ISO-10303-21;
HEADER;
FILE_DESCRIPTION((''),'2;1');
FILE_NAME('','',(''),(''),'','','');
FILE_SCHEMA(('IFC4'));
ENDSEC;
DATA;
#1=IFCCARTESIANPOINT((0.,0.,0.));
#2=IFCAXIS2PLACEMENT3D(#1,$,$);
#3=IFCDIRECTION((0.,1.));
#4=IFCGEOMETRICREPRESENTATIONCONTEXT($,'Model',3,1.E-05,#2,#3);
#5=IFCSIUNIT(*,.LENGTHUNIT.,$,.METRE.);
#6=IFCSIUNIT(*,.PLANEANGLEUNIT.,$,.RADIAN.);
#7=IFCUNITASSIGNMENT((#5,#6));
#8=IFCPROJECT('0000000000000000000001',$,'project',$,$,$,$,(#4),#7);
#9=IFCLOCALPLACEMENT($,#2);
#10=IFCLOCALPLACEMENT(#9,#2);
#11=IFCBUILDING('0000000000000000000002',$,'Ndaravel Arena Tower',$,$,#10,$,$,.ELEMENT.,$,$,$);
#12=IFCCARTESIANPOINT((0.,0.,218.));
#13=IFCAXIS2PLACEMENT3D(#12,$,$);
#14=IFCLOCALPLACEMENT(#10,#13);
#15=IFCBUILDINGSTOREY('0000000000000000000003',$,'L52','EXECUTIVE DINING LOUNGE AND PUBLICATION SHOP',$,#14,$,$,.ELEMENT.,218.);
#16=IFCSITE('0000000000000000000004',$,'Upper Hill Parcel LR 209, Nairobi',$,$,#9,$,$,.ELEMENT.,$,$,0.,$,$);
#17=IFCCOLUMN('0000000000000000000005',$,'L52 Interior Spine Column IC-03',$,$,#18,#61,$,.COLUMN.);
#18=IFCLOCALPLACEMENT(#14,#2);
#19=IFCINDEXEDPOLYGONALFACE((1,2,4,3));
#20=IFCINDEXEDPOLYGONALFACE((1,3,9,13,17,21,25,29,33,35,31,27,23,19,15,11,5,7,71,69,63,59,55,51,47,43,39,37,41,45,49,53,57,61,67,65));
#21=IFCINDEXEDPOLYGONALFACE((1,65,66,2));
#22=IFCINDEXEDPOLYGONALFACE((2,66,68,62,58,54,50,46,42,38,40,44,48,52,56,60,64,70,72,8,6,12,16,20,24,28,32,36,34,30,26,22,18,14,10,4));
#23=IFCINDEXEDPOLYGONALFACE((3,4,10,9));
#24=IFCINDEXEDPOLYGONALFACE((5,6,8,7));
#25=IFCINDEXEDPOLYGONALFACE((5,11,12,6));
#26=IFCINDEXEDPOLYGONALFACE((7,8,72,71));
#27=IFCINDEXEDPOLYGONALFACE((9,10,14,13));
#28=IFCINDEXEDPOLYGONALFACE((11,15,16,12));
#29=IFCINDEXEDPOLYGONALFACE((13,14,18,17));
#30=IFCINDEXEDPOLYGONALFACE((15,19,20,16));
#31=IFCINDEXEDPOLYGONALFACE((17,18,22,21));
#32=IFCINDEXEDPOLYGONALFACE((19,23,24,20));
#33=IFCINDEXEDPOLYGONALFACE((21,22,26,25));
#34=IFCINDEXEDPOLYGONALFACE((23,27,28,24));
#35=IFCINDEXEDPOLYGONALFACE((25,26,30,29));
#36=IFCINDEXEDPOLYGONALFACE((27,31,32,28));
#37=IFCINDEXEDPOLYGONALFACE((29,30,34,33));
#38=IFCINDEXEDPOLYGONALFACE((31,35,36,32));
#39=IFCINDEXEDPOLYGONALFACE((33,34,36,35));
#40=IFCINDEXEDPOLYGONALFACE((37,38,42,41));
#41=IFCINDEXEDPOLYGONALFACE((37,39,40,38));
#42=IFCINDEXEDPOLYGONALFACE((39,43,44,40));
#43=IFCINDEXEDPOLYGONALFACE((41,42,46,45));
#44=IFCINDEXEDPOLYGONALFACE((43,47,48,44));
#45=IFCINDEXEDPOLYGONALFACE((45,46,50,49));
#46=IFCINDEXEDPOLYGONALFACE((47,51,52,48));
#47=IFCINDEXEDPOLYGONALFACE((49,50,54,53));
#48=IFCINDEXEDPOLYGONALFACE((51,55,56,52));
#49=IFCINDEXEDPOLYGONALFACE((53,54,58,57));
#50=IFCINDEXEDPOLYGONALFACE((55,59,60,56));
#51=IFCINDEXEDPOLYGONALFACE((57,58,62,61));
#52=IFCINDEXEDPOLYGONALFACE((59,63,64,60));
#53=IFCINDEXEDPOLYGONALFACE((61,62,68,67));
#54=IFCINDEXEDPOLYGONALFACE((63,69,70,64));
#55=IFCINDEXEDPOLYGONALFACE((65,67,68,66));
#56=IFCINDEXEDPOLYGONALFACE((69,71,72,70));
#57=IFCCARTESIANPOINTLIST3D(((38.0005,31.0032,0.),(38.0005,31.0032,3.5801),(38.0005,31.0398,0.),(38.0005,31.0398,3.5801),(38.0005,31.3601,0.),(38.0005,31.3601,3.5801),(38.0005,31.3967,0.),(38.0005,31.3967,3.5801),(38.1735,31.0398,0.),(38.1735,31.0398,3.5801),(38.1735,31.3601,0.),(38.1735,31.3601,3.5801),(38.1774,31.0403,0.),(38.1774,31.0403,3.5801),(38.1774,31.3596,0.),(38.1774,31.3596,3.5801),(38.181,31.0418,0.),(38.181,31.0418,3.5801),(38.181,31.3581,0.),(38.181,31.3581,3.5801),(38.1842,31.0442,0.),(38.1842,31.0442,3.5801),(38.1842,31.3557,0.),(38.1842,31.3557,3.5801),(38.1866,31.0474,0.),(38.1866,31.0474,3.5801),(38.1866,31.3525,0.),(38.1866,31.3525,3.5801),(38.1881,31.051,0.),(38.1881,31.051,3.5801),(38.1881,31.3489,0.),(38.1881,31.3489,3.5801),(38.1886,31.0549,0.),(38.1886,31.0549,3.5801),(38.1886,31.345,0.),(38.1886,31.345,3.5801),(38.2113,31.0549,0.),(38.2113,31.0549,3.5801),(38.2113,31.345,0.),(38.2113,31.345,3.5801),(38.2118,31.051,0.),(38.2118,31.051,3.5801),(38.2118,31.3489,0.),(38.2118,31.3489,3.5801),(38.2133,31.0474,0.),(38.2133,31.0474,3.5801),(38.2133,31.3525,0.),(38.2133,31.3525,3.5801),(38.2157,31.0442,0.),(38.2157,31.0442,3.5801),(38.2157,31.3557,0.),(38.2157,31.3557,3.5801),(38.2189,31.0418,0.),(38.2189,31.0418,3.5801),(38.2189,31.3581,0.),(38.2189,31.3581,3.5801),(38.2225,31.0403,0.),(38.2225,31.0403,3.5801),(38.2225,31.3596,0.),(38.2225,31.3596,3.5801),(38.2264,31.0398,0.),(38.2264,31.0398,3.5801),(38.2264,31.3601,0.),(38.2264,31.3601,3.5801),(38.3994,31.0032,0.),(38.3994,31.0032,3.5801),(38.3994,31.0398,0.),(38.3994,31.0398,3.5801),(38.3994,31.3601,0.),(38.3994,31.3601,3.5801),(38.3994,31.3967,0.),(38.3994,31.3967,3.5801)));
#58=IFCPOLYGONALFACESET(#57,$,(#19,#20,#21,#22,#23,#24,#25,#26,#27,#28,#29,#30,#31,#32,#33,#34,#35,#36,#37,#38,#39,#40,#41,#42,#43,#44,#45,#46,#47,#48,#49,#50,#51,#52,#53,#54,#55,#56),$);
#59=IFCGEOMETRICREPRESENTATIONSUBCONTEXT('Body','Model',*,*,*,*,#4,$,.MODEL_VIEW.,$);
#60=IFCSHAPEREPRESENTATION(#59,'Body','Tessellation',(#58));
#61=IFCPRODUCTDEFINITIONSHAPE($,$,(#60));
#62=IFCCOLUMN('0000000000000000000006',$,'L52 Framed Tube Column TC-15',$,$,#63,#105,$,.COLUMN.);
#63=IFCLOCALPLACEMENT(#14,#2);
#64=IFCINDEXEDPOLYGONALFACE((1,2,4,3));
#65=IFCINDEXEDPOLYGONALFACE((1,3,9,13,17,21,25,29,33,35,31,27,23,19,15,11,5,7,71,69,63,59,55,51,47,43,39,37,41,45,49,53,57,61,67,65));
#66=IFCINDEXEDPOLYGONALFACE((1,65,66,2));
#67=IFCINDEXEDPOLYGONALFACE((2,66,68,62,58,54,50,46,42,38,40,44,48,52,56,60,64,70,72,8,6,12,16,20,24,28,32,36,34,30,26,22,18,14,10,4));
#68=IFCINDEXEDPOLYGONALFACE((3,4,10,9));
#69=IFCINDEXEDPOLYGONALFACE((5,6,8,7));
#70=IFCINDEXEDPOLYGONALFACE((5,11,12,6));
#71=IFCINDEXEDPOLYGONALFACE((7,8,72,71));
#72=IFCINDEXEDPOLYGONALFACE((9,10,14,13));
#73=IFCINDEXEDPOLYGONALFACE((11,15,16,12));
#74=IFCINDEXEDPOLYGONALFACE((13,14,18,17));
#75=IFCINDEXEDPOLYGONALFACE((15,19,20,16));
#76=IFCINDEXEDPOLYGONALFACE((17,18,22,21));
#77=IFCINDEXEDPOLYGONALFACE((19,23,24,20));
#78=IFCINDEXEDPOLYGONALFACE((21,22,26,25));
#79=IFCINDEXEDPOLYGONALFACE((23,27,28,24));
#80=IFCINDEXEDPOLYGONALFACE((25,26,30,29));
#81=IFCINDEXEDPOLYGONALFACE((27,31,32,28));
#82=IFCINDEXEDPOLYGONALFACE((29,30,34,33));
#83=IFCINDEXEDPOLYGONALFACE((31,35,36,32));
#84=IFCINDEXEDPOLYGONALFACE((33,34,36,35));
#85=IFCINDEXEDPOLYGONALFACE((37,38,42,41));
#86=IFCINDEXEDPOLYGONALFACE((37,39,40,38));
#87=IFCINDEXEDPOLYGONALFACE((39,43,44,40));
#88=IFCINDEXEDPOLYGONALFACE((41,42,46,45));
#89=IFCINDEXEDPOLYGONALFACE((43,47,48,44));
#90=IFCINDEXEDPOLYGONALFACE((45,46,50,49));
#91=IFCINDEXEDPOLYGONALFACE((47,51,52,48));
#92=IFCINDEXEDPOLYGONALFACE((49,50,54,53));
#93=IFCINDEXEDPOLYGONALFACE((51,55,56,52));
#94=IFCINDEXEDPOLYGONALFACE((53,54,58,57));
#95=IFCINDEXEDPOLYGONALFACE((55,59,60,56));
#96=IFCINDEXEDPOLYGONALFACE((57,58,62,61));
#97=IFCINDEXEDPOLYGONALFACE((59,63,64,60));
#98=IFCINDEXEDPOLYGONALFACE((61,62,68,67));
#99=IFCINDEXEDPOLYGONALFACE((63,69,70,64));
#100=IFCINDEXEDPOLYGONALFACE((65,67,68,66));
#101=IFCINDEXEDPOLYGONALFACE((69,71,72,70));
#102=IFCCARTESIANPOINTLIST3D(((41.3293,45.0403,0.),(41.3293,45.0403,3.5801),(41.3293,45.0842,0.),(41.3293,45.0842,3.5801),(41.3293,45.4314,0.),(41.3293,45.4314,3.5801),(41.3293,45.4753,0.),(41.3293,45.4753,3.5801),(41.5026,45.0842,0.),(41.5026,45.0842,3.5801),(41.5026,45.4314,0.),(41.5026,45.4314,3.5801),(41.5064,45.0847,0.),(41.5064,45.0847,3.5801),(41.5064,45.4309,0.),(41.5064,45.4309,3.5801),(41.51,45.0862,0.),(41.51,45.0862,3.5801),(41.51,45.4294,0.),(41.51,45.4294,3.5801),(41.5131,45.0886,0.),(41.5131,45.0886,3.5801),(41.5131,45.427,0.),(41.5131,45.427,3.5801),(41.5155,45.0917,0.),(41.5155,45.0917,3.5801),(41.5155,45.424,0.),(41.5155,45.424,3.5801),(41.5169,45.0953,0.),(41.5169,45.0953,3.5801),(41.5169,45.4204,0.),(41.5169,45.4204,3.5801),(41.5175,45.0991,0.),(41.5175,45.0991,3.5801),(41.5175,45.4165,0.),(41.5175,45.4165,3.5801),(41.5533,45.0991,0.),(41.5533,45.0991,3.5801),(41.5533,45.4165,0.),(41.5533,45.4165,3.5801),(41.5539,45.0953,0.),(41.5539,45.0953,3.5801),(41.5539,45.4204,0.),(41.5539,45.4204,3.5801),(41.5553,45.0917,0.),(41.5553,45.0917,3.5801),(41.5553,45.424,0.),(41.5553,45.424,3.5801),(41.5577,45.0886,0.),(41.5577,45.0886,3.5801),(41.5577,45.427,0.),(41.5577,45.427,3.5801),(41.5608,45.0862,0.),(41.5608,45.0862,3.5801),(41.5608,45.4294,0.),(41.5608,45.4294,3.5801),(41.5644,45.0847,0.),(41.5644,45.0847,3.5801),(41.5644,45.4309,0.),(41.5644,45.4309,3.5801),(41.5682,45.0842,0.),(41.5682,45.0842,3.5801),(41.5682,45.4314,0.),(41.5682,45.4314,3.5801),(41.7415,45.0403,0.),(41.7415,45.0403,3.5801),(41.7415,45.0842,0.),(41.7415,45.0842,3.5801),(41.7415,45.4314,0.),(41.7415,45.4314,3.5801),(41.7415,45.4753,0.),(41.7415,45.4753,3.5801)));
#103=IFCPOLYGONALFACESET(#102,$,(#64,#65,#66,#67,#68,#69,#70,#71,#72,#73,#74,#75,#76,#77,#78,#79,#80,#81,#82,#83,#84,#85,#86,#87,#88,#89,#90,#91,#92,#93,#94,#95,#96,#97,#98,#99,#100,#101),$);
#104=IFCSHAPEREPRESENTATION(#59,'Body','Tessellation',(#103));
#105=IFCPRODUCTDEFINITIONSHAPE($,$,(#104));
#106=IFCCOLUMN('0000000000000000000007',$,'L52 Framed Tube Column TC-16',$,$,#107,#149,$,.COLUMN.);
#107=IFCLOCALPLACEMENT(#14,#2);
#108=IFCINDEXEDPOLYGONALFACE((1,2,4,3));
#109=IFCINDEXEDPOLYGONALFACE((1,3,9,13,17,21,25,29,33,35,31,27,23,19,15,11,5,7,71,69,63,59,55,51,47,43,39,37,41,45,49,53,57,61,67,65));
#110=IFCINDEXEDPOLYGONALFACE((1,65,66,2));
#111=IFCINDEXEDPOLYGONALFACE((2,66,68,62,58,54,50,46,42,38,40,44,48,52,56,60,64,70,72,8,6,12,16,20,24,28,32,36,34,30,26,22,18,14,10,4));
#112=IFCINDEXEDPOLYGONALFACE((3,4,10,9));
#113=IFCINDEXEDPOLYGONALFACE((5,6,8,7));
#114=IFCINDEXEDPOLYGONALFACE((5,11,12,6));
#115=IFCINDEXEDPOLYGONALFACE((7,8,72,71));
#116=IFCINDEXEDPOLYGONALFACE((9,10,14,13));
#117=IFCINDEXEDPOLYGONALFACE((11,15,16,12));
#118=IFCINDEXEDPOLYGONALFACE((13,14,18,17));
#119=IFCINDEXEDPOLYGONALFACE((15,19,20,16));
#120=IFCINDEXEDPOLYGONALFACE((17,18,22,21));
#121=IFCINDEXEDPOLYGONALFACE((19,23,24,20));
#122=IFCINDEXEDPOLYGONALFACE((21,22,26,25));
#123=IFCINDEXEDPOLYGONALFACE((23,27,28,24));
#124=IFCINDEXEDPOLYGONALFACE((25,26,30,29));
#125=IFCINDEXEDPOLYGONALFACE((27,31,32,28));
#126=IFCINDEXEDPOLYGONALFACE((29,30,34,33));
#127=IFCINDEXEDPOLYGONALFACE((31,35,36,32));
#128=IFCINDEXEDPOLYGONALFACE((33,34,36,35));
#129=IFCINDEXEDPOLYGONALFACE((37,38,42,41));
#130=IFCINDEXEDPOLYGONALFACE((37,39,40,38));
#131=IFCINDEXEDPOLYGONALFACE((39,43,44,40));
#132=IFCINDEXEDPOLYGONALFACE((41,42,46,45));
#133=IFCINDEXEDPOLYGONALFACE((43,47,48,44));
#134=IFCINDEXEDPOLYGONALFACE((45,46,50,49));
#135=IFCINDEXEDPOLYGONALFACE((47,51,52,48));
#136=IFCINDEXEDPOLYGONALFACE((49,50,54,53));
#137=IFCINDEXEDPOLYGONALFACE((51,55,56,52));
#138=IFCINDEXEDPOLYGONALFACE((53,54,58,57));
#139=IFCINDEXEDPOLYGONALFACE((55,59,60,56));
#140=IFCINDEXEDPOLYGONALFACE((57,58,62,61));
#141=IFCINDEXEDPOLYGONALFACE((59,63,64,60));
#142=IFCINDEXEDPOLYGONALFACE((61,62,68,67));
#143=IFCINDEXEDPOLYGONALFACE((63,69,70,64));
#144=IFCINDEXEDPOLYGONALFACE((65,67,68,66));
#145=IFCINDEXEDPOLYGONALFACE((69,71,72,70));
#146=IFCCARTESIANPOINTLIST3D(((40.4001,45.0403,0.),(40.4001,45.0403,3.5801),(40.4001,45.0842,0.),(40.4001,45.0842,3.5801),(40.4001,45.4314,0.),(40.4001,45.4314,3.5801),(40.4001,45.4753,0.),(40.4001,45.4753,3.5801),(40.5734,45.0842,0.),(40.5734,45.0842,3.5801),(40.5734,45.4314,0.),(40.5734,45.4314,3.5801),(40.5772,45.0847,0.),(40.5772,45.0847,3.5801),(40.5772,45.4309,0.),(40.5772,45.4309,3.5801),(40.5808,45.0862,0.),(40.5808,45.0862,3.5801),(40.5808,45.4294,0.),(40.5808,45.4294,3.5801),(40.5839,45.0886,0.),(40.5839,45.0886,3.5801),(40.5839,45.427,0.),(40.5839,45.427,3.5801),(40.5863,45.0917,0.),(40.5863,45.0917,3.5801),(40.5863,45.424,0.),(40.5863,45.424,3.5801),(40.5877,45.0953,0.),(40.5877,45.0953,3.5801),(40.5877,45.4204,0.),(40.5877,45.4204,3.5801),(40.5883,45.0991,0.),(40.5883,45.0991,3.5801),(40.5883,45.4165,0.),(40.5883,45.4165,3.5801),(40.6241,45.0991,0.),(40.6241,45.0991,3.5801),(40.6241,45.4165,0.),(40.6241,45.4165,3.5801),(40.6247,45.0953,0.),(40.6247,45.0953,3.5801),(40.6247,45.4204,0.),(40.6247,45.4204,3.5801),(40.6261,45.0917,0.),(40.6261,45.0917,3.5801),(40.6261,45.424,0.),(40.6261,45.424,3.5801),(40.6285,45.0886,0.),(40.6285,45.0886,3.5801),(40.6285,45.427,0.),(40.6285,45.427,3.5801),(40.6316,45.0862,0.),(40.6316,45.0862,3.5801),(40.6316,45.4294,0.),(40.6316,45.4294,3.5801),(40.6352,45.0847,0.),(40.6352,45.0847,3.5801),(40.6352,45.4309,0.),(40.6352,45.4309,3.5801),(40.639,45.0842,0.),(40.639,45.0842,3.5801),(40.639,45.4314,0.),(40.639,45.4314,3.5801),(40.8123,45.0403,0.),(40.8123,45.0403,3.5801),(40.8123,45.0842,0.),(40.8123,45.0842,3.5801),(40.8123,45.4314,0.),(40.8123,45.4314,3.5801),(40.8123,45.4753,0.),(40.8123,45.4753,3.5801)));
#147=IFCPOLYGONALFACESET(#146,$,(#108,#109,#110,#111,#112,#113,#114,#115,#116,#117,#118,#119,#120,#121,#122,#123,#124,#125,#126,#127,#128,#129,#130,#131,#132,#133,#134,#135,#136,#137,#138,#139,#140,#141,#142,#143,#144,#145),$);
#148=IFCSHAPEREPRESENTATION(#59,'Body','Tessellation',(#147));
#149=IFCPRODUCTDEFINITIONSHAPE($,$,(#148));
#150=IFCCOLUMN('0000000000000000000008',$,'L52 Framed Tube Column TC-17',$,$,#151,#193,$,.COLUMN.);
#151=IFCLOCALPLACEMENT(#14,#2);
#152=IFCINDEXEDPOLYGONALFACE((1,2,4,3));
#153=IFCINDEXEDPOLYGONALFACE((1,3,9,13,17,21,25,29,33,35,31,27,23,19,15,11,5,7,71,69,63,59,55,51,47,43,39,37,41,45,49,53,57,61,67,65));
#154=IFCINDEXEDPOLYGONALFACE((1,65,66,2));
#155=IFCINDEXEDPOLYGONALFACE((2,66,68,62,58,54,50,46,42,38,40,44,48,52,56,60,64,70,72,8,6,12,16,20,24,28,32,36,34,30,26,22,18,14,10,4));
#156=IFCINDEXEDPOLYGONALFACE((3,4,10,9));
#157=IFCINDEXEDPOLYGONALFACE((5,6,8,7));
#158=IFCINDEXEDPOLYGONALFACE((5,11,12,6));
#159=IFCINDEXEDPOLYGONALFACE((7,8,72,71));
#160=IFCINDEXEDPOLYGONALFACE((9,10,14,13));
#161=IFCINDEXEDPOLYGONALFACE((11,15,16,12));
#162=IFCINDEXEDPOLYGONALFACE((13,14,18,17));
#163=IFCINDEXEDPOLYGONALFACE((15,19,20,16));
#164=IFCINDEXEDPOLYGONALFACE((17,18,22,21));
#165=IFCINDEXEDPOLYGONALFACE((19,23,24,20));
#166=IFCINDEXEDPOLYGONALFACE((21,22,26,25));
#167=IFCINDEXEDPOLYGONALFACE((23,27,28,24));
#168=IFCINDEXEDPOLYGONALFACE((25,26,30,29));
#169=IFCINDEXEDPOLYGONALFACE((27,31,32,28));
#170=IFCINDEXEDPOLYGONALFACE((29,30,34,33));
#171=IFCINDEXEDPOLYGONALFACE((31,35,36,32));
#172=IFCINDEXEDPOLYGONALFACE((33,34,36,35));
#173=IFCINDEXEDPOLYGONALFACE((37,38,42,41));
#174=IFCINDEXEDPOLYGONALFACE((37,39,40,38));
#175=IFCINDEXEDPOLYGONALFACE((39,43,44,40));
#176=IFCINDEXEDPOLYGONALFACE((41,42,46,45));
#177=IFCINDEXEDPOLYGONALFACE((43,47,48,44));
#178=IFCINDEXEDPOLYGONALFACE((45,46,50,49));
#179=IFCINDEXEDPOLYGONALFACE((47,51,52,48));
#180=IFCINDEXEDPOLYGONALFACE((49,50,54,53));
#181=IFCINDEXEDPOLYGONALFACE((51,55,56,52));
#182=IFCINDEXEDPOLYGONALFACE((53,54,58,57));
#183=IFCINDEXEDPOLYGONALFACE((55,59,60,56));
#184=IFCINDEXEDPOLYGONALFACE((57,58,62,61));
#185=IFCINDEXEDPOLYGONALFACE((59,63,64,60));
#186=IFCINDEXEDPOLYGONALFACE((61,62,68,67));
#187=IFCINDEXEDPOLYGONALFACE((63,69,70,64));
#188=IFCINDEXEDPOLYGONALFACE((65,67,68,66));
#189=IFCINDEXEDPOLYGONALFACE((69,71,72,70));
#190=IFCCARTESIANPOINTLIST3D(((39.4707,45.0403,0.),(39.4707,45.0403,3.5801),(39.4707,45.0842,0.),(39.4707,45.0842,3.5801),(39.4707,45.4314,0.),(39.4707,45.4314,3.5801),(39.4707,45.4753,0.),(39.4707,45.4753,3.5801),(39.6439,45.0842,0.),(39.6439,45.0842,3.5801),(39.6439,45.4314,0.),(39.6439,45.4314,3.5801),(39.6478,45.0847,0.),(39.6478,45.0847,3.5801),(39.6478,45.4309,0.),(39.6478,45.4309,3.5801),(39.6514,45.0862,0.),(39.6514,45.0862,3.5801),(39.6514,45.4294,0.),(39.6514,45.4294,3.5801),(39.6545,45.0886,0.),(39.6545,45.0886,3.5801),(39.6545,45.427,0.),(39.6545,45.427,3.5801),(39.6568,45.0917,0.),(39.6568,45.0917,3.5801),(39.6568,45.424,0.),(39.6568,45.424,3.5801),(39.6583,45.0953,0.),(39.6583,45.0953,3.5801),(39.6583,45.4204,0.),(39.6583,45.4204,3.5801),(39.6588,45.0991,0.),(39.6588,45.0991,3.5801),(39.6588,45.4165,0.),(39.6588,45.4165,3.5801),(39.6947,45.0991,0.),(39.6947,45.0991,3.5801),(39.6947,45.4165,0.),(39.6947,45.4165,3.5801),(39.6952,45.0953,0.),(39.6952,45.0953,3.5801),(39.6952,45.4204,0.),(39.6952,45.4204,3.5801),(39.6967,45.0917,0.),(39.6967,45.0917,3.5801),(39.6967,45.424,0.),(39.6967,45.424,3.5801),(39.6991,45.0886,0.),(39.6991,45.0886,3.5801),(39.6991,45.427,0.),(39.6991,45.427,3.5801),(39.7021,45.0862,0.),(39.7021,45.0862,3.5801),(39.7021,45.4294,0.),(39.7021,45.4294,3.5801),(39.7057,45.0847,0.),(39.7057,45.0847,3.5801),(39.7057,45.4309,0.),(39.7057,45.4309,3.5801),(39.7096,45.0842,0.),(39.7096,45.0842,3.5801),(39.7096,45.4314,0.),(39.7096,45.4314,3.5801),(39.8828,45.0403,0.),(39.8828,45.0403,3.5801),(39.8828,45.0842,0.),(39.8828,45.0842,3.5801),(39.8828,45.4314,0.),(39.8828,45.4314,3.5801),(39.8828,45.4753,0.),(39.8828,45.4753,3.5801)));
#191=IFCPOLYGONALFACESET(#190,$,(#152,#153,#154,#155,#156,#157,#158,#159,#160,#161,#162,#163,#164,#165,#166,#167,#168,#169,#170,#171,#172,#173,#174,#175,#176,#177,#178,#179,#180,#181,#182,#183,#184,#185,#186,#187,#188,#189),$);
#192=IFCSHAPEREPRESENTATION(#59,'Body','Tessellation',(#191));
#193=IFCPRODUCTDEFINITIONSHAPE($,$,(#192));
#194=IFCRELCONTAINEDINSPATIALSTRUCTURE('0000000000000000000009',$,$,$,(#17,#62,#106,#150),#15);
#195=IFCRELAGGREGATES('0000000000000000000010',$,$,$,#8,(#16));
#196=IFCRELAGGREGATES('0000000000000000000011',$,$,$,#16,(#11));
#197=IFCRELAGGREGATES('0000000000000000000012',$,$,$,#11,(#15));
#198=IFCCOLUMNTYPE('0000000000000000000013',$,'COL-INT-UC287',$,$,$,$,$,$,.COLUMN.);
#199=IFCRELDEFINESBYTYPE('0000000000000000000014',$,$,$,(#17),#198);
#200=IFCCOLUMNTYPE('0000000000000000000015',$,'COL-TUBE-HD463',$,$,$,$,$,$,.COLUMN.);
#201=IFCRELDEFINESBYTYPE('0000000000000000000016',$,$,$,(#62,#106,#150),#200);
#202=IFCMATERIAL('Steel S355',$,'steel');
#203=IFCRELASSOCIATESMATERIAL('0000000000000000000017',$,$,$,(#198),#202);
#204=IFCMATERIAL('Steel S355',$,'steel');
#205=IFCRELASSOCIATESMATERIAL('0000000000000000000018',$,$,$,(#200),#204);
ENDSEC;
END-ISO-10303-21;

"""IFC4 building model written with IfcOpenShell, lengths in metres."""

from ifc_helpers import new_model, si_unit, direction, frame, origin, origin_2d, place, context, subcontext, project, spatial, i_section, extrude, material, material_profile, profile_set, type_object, element, save


model = new_model("IFC4")

# Units and contexts
model_context = context("Model", 3, precision=1e-05, world=origin(), true_north=direction((0.0, 1.0)))
body_context = subcontext(model_context, "Body", "Model", "MODEL_VIEW")
ifc_project = project(units=[si_unit("LENGTHUNIT", "METRE"), si_unit("PLANEANGLEUNIT", "RADIAN")], contexts=[model_context])

# Site, building, storey
site_placement = place(None, origin())
site = spatial("IfcSite", under=ifc_project, at=site_placement, Name="Upper Hill Parcel LR 209, Nairobi", CompositionType="ELEMENT", RefElevation=0.0)
building_placement = place(site_placement, origin())
building = spatial("IfcBuilding", under=site, at=building_placement, Name="Ndaravel Arena Tower", CompositionType="ELEMENT")
storey_placement = place(building_placement, frame((0.0, 0.0, 218.0)))
storey = spatial("IfcBuildingStorey", under=building, at=storey_placement, Name="L52", Description="EXECUTIVE DINING LOUNGE AND PUBLICATION SHOP", CompositionType="ELEMENT", Elevation=218.0)

# Columns
ifc_material_1 = material(Name="Steel S355", Category="steel")
ifc_material_profile_1 = material_profile(ifc_material_1, i_section(OverallWidth=0.3989, OverallDepth=0.3936, WebThickness=0.0227, FlangeThickness=0.0366, FilletRadius=0.0151, at=origin_2d()), Name="UC 356x406x287")
ifc_profile_set_1 = profile_set([ifc_material_profile_1], Name="Steel S355")
column_type_1 = type_object("IfcColumnType", Name="COL-INT-UC287", PredefinedType="COLUMN", material=ifc_profile_set_1)
column_placement = place(storey_placement, frame((38.2, 31.2, 0.0), z_axis=(0.0, 0.0, 1.0), x_axis=(1.0, 0.0, 0.0)))
element("IfcColumn", 1, at=column_placement, inside=storey, type_object=column_type_1, Name="L52 Interior Spine Column IC-03", PredefinedType="COLUMN", context=body_context, shape_type="SweptSolid", body=[
    extrude(i_section(OverallWidth=0.3989, OverallDepth=0.3936, WebThickness=0.0227, FlangeThickness=0.0366, FilletRadius=0.0151, at=origin_2d()), origin(), (0.0, 0.0, 1.0), 3.5801),
])
ifc_material_2 = material(Name="Steel S355", Category="steel")
ifc_material_profile_2 = material_profile(ifc_material_2, i_section(OverallWidth=0.4121, OverallDepth=0.4351, WebThickness=0.0359, FlangeThickness=0.0439, FilletRadius=0.0149, at=origin_2d()), Name="HD 400x463")
ifc_profile_set_2 = profile_set([ifc_material_profile_2], Name="Steel S355")
column_type_2 = type_object("IfcColumnType", Name="COL-TUBE-HD463", PredefinedType="COLUMN", material=ifc_profile_set_2)
for number, where, z_axis, x_axis, name in (
    (2, (41.5354, 45.2578, 0.0), (0.0, 0.0, 1.0), (1.0, 0.0, 0.0), "L52 Framed Tube Column TC-15"),
    (3, (40.6062, 45.2578, 0.0), (0.0, 0.0, 1.0), (1.0, 0.0, 0.0), "L52 Framed Tube Column TC-16"),
    (4, (39.6768, 45.2578, 0.0), (0.0, 0.0, 1.0), (1.0, 0.0, 0.0), "L52 Framed Tube Column TC-17"),
):
    element("IfcColumn", number, at=place(storey_placement, frame(where, z_axis=z_axis, x_axis=x_axis)), inside=storey, type_object=column_type_2, Name=name, PredefinedType="COLUMN", context=body_context, shape_type="SweptSolid", body=[
        extrude(i_section(OverallWidth=0.4121, OverallDepth=0.4351, WebThickness=0.0359, FlangeThickness=0.0439, FilletRadius=0.0149, at=origin_2d()), origin(), (0.0, 0.0, 1.0), 3.5801),
    ])

save(model, "model.ifc")
